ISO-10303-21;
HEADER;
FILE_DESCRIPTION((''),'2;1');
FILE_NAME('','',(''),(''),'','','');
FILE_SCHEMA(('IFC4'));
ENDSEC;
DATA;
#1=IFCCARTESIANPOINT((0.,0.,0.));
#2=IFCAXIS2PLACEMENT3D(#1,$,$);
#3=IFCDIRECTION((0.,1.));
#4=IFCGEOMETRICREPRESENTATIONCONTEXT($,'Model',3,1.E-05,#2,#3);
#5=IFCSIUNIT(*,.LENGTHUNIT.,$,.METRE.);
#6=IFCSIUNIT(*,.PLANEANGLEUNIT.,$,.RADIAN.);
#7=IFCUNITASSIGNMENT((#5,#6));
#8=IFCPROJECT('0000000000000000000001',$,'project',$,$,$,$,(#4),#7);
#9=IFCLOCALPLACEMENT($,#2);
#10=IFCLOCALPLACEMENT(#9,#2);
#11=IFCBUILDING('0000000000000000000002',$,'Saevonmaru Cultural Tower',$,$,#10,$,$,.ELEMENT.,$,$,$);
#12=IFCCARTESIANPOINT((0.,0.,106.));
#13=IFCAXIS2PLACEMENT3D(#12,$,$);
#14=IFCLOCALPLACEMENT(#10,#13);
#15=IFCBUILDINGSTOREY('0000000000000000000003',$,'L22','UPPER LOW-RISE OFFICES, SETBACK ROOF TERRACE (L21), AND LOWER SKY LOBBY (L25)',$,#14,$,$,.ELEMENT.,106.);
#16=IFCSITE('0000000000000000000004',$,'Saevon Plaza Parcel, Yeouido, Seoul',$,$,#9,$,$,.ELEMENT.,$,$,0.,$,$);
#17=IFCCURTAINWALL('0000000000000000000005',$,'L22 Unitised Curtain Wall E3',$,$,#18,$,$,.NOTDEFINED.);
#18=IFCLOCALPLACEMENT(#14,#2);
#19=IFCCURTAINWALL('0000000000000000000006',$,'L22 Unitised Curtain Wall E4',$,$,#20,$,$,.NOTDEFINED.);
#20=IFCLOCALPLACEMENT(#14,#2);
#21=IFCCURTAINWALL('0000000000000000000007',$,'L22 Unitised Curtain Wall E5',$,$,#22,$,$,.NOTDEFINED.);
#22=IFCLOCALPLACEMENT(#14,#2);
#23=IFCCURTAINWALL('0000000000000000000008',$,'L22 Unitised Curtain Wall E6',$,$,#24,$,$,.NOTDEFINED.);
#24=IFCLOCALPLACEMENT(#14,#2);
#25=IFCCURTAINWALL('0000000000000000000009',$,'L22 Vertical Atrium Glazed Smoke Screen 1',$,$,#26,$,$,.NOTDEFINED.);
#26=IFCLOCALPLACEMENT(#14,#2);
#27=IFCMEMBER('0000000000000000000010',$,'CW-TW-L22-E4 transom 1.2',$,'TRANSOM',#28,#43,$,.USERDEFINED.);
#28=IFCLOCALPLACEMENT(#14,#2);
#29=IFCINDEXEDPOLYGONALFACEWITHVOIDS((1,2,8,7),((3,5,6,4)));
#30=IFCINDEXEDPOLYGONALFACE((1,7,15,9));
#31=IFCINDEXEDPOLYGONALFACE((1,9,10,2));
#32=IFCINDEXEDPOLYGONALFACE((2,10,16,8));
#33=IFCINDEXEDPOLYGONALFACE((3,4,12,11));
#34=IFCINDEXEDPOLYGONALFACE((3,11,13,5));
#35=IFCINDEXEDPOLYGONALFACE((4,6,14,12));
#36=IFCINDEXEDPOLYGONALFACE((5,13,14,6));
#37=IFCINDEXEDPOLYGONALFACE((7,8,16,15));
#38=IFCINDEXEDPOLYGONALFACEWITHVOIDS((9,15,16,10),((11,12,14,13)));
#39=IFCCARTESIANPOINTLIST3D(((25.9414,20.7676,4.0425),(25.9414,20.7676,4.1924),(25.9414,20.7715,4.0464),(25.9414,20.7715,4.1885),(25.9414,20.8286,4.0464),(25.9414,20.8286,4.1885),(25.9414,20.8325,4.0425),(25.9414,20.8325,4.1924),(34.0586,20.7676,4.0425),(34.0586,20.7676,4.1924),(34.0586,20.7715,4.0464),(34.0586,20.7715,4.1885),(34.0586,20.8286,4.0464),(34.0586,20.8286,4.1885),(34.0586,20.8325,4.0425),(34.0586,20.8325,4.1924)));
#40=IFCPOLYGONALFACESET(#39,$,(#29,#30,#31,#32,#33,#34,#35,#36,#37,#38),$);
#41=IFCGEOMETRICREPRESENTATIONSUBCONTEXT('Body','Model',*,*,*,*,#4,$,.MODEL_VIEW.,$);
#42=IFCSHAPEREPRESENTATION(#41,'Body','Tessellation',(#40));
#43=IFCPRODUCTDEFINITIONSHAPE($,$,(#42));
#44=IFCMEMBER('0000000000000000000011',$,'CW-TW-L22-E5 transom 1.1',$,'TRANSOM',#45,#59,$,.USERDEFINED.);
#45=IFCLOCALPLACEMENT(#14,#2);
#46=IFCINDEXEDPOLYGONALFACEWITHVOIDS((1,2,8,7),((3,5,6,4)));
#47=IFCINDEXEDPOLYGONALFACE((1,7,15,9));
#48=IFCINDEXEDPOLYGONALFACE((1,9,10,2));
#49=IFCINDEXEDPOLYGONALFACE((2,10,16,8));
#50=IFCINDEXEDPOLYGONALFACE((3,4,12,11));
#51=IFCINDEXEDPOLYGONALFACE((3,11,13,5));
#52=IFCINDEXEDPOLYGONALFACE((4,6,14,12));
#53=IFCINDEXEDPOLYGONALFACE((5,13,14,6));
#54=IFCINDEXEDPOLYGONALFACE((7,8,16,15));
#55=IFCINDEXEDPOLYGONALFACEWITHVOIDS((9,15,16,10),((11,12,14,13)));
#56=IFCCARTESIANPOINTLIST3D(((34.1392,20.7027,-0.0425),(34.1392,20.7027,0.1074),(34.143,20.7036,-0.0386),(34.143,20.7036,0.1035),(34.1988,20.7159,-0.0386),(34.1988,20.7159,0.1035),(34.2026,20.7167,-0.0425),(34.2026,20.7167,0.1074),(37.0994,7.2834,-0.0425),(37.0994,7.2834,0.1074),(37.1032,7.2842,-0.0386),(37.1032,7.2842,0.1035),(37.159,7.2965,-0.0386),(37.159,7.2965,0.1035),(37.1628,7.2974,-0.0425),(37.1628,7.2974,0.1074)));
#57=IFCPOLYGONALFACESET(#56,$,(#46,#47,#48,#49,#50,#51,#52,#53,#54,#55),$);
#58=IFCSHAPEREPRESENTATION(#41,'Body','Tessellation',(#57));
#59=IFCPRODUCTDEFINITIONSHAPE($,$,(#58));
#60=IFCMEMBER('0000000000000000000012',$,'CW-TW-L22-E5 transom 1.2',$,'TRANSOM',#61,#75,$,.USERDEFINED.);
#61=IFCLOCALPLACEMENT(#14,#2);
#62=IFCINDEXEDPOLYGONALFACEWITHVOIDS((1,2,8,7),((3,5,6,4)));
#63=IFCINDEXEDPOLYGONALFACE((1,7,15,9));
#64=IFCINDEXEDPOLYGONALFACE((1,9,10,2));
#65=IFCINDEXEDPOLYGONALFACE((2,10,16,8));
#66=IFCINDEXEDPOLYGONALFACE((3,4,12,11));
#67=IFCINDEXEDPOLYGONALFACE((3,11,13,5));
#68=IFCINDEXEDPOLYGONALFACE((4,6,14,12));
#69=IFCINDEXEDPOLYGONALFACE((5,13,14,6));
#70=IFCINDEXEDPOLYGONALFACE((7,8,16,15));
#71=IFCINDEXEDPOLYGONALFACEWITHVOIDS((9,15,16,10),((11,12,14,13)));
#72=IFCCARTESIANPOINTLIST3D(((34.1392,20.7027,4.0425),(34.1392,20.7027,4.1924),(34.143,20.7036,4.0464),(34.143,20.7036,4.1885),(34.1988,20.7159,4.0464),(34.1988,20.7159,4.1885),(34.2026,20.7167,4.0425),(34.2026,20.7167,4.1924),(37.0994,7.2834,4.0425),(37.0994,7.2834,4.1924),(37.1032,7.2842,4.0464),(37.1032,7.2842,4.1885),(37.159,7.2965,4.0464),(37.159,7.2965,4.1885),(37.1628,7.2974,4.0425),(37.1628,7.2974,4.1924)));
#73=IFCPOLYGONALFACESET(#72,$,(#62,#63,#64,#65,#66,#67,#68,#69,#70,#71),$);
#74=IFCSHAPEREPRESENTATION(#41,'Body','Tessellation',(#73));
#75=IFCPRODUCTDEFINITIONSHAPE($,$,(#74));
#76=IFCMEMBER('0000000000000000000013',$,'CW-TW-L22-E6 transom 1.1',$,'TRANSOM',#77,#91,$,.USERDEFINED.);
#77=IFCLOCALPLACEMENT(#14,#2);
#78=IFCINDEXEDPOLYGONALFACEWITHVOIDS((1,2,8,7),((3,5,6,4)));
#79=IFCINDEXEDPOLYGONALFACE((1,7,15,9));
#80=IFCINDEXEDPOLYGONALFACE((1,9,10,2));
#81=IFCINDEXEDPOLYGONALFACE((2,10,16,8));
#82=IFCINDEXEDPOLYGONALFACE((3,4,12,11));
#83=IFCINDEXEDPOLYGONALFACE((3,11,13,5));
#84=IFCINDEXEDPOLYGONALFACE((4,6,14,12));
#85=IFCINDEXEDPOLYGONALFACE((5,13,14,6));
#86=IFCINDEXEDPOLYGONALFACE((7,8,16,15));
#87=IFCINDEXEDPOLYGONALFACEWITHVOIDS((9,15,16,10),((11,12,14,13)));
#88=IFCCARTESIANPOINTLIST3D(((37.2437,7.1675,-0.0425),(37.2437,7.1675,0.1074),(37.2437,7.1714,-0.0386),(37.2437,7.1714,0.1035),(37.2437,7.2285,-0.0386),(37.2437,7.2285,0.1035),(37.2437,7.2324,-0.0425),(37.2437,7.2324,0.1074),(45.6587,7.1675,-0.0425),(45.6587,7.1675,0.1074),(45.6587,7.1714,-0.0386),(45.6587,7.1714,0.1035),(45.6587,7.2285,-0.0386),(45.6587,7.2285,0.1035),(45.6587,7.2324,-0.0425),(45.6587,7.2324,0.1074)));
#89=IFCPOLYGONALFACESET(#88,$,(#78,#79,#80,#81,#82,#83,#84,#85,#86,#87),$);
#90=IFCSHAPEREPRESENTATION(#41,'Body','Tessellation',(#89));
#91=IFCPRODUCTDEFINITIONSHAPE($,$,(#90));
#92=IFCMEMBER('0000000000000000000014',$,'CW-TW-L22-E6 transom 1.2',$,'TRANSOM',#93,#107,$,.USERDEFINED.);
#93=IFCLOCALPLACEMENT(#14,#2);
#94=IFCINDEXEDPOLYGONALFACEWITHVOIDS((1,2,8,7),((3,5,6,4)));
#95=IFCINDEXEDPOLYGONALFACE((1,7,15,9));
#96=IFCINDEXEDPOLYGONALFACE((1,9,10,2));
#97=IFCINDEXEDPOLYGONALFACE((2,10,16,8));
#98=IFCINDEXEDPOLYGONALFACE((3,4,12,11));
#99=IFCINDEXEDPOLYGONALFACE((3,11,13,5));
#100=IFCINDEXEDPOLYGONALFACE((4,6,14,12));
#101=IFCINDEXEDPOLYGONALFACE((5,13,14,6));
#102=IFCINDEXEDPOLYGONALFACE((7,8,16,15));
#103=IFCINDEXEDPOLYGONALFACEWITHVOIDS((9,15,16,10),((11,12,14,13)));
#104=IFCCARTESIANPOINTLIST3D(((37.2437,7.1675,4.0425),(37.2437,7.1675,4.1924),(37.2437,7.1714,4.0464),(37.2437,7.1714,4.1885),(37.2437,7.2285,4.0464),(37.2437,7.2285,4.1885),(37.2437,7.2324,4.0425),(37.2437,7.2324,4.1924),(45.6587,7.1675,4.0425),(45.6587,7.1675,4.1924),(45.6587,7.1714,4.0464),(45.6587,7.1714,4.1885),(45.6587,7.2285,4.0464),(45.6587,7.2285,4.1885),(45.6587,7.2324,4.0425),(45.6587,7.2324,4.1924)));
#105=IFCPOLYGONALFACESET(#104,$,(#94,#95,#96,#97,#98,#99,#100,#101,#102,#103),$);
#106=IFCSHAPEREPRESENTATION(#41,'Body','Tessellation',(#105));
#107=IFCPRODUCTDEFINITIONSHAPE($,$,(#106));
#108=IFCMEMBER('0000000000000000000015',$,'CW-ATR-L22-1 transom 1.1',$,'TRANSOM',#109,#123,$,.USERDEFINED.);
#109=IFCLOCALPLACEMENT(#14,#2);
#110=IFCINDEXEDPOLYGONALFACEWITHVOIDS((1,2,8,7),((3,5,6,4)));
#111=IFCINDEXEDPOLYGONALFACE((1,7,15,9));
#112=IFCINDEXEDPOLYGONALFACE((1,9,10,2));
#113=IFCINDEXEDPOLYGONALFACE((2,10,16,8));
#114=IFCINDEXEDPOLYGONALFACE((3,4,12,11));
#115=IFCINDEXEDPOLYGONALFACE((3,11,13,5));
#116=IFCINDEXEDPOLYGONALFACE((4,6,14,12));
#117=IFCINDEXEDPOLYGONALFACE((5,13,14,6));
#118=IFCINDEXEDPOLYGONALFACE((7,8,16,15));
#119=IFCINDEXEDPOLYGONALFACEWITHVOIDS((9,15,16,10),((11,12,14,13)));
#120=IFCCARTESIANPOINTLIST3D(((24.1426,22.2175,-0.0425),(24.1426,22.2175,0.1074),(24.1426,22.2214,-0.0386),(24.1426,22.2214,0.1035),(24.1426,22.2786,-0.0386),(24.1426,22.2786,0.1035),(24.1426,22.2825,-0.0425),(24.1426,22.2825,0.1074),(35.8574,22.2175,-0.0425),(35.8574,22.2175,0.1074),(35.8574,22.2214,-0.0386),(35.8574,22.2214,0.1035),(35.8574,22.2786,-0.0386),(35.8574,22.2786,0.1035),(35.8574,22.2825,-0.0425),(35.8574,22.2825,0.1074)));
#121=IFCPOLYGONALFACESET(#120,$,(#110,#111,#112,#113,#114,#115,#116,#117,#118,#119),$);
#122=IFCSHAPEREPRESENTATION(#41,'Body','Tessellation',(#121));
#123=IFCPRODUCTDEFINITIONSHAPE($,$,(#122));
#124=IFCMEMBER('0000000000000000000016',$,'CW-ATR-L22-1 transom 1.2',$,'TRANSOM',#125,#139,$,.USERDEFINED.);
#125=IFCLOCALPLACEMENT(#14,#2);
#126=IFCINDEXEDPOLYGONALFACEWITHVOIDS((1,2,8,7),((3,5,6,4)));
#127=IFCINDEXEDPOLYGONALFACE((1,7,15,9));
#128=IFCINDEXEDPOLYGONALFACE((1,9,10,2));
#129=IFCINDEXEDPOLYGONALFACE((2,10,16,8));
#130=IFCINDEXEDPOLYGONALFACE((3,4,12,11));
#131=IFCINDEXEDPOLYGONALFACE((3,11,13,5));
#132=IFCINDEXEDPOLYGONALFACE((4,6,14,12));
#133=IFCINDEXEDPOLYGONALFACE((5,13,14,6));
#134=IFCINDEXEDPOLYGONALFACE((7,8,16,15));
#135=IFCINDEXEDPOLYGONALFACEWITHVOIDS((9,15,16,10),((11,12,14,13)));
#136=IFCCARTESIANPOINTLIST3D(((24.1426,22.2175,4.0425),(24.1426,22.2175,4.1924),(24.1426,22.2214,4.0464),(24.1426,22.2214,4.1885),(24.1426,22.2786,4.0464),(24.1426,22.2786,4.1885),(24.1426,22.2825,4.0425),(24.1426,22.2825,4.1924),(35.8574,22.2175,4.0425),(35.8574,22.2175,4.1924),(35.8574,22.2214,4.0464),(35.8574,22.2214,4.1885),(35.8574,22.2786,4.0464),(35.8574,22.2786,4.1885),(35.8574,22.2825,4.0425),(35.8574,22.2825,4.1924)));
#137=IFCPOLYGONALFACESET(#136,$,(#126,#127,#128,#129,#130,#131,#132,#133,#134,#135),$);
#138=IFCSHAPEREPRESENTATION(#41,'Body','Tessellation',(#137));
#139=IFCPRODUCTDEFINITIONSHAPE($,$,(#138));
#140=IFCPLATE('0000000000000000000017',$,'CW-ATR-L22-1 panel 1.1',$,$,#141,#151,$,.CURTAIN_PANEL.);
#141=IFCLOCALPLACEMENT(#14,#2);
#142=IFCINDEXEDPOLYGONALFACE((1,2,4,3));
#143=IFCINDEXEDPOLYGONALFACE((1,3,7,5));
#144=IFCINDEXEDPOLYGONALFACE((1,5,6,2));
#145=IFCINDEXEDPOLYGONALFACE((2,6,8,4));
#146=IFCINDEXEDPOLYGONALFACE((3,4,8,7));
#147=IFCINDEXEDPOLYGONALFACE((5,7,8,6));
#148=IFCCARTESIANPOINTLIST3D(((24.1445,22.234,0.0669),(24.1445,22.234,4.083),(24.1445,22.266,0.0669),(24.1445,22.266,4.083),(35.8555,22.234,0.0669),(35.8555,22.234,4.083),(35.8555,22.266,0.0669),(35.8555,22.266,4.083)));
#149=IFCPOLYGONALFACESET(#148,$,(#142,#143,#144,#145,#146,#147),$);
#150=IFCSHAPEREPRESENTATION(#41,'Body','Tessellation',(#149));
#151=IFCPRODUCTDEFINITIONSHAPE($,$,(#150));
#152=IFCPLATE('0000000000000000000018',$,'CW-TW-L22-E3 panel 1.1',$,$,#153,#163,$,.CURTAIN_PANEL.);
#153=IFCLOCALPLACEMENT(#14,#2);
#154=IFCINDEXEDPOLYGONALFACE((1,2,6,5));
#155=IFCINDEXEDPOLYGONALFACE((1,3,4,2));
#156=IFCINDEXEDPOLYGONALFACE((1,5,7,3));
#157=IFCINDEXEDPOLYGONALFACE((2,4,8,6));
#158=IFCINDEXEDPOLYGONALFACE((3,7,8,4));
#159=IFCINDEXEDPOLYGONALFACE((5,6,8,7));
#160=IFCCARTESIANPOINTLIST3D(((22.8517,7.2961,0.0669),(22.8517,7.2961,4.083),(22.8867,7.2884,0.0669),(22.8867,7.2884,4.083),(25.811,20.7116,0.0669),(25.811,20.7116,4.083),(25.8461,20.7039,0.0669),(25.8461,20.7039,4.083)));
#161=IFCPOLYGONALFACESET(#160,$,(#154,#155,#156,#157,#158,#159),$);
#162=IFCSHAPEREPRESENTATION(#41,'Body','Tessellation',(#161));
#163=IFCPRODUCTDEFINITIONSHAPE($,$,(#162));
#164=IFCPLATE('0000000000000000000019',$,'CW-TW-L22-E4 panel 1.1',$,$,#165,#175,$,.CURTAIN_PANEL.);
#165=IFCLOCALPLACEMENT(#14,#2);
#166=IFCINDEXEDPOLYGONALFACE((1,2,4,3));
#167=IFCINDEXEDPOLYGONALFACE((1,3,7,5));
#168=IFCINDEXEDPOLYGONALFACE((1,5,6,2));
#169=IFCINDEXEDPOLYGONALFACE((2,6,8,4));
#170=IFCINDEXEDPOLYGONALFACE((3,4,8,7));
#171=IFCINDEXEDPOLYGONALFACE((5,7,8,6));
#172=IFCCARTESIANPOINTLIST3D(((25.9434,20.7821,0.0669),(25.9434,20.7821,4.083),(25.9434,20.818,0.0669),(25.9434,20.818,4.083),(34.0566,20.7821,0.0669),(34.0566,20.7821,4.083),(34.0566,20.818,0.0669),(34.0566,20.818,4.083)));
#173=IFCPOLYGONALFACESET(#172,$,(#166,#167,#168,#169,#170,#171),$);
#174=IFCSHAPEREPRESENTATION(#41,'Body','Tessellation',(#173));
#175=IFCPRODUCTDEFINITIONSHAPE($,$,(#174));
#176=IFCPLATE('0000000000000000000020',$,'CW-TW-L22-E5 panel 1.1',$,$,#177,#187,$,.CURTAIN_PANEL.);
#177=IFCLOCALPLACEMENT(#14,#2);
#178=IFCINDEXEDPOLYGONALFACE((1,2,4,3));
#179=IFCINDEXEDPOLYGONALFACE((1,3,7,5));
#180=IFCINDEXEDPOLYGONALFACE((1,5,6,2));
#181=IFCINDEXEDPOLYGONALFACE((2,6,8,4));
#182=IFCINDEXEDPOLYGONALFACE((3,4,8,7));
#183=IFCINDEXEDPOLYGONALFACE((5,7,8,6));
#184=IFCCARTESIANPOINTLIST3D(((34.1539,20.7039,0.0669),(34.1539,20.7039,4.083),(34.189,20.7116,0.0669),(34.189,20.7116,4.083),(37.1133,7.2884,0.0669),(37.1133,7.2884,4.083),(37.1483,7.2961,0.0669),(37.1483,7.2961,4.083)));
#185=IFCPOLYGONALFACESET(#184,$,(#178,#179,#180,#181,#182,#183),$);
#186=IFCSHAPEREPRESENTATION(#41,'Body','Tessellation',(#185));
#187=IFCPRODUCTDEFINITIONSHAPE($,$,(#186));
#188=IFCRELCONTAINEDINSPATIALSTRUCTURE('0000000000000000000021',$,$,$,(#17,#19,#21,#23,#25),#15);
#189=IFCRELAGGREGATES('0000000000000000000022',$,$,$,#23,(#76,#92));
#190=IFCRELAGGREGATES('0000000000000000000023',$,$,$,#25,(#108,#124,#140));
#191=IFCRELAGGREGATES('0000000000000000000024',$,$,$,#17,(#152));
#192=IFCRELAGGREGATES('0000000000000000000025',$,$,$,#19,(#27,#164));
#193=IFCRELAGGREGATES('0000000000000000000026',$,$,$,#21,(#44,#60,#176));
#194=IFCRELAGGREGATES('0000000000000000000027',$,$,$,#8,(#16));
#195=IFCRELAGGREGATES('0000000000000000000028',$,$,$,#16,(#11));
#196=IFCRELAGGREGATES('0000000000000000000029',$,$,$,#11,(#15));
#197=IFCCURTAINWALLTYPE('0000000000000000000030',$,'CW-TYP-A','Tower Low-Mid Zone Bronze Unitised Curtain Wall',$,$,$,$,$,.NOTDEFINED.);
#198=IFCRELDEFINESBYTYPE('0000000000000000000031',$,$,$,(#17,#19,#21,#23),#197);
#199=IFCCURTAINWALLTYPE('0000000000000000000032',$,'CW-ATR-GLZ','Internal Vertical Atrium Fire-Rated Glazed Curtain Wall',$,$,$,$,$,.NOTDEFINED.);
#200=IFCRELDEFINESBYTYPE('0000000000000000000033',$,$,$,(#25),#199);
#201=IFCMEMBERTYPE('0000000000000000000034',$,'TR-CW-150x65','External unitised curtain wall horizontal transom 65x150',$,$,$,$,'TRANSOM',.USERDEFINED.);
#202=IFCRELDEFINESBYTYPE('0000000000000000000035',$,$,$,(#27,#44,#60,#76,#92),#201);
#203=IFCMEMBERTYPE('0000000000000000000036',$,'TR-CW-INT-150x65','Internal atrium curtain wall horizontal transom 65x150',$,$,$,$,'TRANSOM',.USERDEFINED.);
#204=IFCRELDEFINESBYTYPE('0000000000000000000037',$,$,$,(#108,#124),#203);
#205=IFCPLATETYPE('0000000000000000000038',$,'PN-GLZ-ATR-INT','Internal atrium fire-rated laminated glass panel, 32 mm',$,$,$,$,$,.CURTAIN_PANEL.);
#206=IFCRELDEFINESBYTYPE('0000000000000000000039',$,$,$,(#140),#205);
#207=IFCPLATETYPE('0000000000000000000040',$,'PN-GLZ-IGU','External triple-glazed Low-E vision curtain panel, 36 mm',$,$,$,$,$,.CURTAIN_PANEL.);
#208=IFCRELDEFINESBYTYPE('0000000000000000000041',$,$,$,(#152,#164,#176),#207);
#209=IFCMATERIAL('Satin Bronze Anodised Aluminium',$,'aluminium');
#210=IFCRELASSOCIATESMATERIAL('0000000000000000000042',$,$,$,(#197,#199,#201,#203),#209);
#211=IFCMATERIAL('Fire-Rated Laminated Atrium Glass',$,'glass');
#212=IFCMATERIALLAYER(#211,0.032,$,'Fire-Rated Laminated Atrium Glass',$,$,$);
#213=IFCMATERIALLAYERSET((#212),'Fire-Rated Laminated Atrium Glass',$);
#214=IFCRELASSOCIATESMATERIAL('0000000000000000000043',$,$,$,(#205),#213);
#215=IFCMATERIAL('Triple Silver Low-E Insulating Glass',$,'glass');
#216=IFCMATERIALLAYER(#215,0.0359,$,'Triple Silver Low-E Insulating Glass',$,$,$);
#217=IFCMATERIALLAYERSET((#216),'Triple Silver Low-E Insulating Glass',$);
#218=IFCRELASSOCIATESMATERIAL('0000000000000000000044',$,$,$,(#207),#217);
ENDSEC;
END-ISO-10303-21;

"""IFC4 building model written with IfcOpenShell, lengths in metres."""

from ifc_helpers import new_model, si_unit, direction, frame, origin, origin_2d, place, context, subcontext, project, spatial, rectangle, hollow_rectangle, extrude, material, layer, layer_set, material_profile, profile_set, type_object, element, aggregate, save


model = new_model("IFC4")

# Units and contexts
model_context = context("Model", 3, precision=1e-05, world=origin(), true_north=direction((0.0, 1.0)))
body_context = subcontext(model_context, "Body", "Model", "MODEL_VIEW")
ifc_project = project(units=[si_unit("LENGTHUNIT", "METRE"), si_unit("PLANEANGLEUNIT", "RADIAN")], contexts=[model_context])

# Site, building, storey
site_placement = place(None, origin())
site = spatial("IfcSite", under=ifc_project, at=site_placement, Name="Saevon Plaza Parcel, Yeouido, Seoul", CompositionType="ELEMENT", RefElevation=0.0)
building_placement = place(site_placement, origin())
building = spatial("IfcBuilding", under=site, at=building_placement, Name="Saevonmaru Cultural Tower", CompositionType="ELEMENT")
storey_placement = place(building_placement, frame((0.0, 0.0, 106.0)))
storey = spatial("IfcBuildingStorey", under=building, at=storey_placement, Name="L22", Description="UPPER LOW-RISE OFFICES, SETBACK ROOF TERRACE (L21), AND LOWER SKY LOBBY (L25)", CompositionType="ELEMENT", Elevation=106.0)

# Curtain wall
ifc_material_1 = material(Name="Satin Bronze Anodised Aluminium", Category="aluminium")
curtain_wall_type_1 = type_object("IfcCurtainWallType", Name="CW-TYP-A", Description="Tower Low-Mid Zone Bronze Unitised Curtain Wall", PredefinedType="NOTDEFINED", material=ifc_material_1)
curtain_wall_1_placement = place(storey_placement, origin())
curtain_wall_1 = element("IfcCurtainWall", 1, at=curtain_wall_1_placement, inside=storey, type_object=curtain_wall_type_1, Name="L22 Unitised Curtain Wall E3", PredefinedType="NOTDEFINED")

# Curtain walls
curtain_wall_2_placement = place(storey_placement, origin())
curtain_wall_2 = element("IfcCurtainWall", 2, at=curtain_wall_2_placement, inside=storey, type_object=curtain_wall_type_1, Name="L22 Unitised Curtain Wall E4", PredefinedType="NOTDEFINED")
curtain_wall_3_placement = place(storey_placement, origin())
curtain_wall_3 = element("IfcCurtainWall", 3, at=curtain_wall_3_placement, inside=storey, type_object=curtain_wall_type_1, Name="L22 Unitised Curtain Wall E5", PredefinedType="NOTDEFINED")

# Curtain wall
curtain_wall_4_placement = place(storey_placement, origin())
curtain_wall_4 = element("IfcCurtainWall", 4, at=curtain_wall_4_placement, inside=storey, type_object=curtain_wall_type_1, Name="L22 Unitised Curtain Wall E6", PredefinedType="NOTDEFINED")

# Curtain wall
curtain_wall_type_2 = type_object("IfcCurtainWallType", Name="CW-ATR-GLZ", Description="Internal Vertical Atrium Fire-Rated Glazed Curtain Wall", PredefinedType="NOTDEFINED", material=ifc_material_1)
curtain_wall_5_placement = place(storey_placement, origin())
curtain_wall_5 = element("IfcCurtainWall", 5, at=curtain_wall_5_placement, inside=storey, type_object=curtain_wall_type_2, Name="L22 Vertical Atrium Glazed Smoke Screen 1", PredefinedType="NOTDEFINED")

# Members
ifc_material_profile_1 = material_profile(ifc_material_1, hollow_rectangle(XDim=0.0649, YDim=0.1499, WallThickness=0.0039, at=origin_2d()), Name="ALU-TRAN-150x65x4")
ifc_profile_set_1 = profile_set([ifc_material_profile_1], Name="Satin Bronze Anodised Aluminium")
member_type_1 = type_object("IfcMemberType", Name="TR-CW-150x65", Description="External unitised curtain wall horizontal transom 65x150", ElementType="TRANSOM", PredefinedType="USERDEFINED", material=ifc_profile_set_1)
member_1_placement = place(storey_placement, frame((25.9414, 20.8, 4.1174), z_axis=(1.0, 0.0, 0.0), x_axis=(0.0, 1.0, 0.0)))
member_1 = element("IfcMember", 6, at=member_1_placement, type_object=member_type_1, Name="CW-TW-L22-E4 transom 1.2", ObjectType="TRANSOM", PredefinedType="USERDEFINED", context=body_context, shape_type="SweptSolid", body=[
    extrude(hollow_rectangle(XDim=0.0649, YDim=0.1499, WallThickness=0.0039, at=origin_2d()), origin(), (0.0, 0.0, 1.0), 8.1172),
])
member_2_placement = place(storey_placement, frame((34.1709, 20.7097, 0.0325), z_axis=(0.215412, -0.976523, 0.0), x_axis=(0.976523, 0.215412, 0.0)))
member_2 = element("IfcMember", 7, at=member_2_placement, type_object=member_type_1, Name="CW-TW-L22-E5 transom 1.1", ObjectType="TRANSOM", PredefinedType="USERDEFINED", context=body_context, shape_type="SweptSolid", body=[
    extrude(hollow_rectangle(XDim=0.0649, YDim=0.1499, WallThickness=0.0039, at=origin_2d()), origin(), (0.0, 0.0, 1.0), 13.7419),
])
member_3_placement = place(storey_placement, frame((34.1709, 20.7097, 4.1174), z_axis=(0.215412, -0.976523, 0.0), x_axis=(0.976523, 0.215412, 0.0)))
member_3 = element("IfcMember", 8, at=member_3_placement, type_object=member_type_1, Name="CW-TW-L22-E5 transom 1.2", ObjectType="TRANSOM", PredefinedType="USERDEFINED", context=body_context, shape_type="SweptSolid", body=[
    extrude(hollow_rectangle(XDim=0.0649, YDim=0.1499, WallThickness=0.0039, at=origin_2d()), origin(), (0.0, 0.0, 1.0), 13.7419),
])
member_4_placement = place(storey_placement, frame((37.2437, 7.2, 0.0325), z_axis=(1.0, 0.0, 0.0), x_axis=(0.0, 1.0, 0.0)))
member_4 = element("IfcMember", 9, at=member_4_placement, type_object=member_type_1, Name="CW-TW-L22-E6 transom 1.1", ObjectType="TRANSOM", PredefinedType="USERDEFINED", context=body_context, shape_type="SweptSolid", body=[
    extrude(hollow_rectangle(XDim=0.0649, YDim=0.1499, WallThickness=0.0039, at=origin_2d()), origin(), (0.0, 0.0, 1.0), 8.415),
])
member_5_placement = place(storey_placement, frame((37.2437, 7.2, 4.1174), z_axis=(1.0, 0.0, 0.0), x_axis=(0.0, 1.0, 0.0)))
member_5 = element("IfcMember", 10, at=member_5_placement, type_object=member_type_1, Name="CW-TW-L22-E6 transom 1.2", ObjectType="TRANSOM", PredefinedType="USERDEFINED", context=body_context, shape_type="SweptSolid", body=[
    extrude(hollow_rectangle(XDim=0.0649, YDim=0.1499, WallThickness=0.0039, at=origin_2d()), origin(), (0.0, 0.0, 1.0), 8.415),
])
aggregate(curtain_wall_4, [member_4, member_5])
ifc_material_profile_2 = material_profile(ifc_material_1, hollow_rectangle(XDim=0.0649, YDim=0.1499, WallThickness=0.0039, at=origin_2d()), Name="ALU-TRAN-150x65x4")
ifc_profile_set_2 = profile_set([ifc_material_profile_2], Name="Satin Bronze Anodised Aluminium")
member_type_2 = type_object("IfcMemberType", Name="TR-CW-INT-150x65", Description="Internal atrium curtain wall horizontal transom 65x150", ElementType="TRANSOM", PredefinedType="USERDEFINED", material=ifc_profile_set_2)
member_6_placement = place(storey_placement, frame((24.1426, 22.25, 0.0325), z_axis=(1.0, 0.0, 0.0), x_axis=(0.0, 1.0, 0.0)))
member_6 = element("IfcMember", 11, at=member_6_placement, type_object=member_type_2, Name="CW-ATR-L22-1 transom 1.1", ObjectType="TRANSOM", PredefinedType="USERDEFINED", context=body_context, shape_type="SweptSolid", body=[
    extrude(hollow_rectangle(XDim=0.0649, YDim=0.1499, WallThickness=0.0039, at=origin_2d()), origin(), (0.0, 0.0, 1.0), 11.7148),
])
member_7_placement = place(storey_placement, frame((24.1426, 22.25, 4.1174), z_axis=(1.0, 0.0, 0.0), x_axis=(0.0, 1.0, 0.0)))
member_7 = element("IfcMember", 12, at=member_7_placement, type_object=member_type_2, Name="CW-ATR-L22-1 transom 1.2", ObjectType="TRANSOM", PredefinedType="USERDEFINED", context=body_context, shape_type="SweptSolid", body=[
    extrude(hollow_rectangle(XDim=0.0649, YDim=0.1499, WallThickness=0.0039, at=origin_2d()), origin(), (0.0, 0.0, 1.0), 11.7148),
])

# Plates
ifc_material_2 = material(Name="Fire-Rated Laminated Atrium Glass", Category="glass")
ifc_layer_1 = layer(ifc_material_2, 0.032, Name="Fire-Rated Laminated Atrium Glass")
ifc_layer_set_1 = layer_set([ifc_layer_1], Name="Fire-Rated Laminated Atrium Glass")
plate_type_1 = type_object("IfcPlateType", Name="PN-GLZ-ATR-INT", Description="Internal atrium fire-rated laminated glass panel, 32 mm", PredefinedType="CURTAIN_PANEL", material=ifc_layer_set_1)
plate_1_placement = place(storey_placement, frame((30.0, 22.25, 0.0669), z_axis=(0.0, 0.0, 1.0), x_axis=(1.0, 0.0, 0.0)))
plate_1 = element("IfcPlate", 13, at=plate_1_placement, type_object=plate_type_1, Name="CW-ATR-L22-1 panel 1.1", PredefinedType="CURTAIN_PANEL", context=body_context, shape_type="SweptSolid", body=[
    extrude(rectangle(XDim=11.7109, YDim=0.032, at=origin_2d()), origin(), (0.0, 0.0, 1.0), 4.0161),
])
aggregate(curtain_wall_5, [member_6, member_7, plate_1])
ifc_material_3 = material(Name="Triple Silver Low-E Insulating Glass", Category="glass")
ifc_layer_2 = layer(ifc_material_3, 0.0359, Name="Triple Silver Low-E Insulating Glass")
ifc_layer_set_2 = layer_set([ifc_layer_2], Name="Triple Silver Low-E Insulating Glass")
plate_type_2 = type_object("IfcPlateType", Name="PN-GLZ-IGU", Description="External triple-glazed Low-E vision curtain panel, 36 mm", PredefinedType="CURTAIN_PANEL", material=ifc_layer_set_2)
plate_2_placement = place(storey_placement, frame((24.3489, 14.0, 0.0669), z_axis=(0.0, 0.0, 1.0), x_axis=(0.215413, 0.976523, 0.0)))
plate_2 = element("IfcPlate", 14, at=plate_2_placement, type_object=plate_type_2, Name="CW-TW-L22-E3 panel 1.1", PredefinedType="CURTAIN_PANEL", context=body_context, shape_type="SweptSolid", body=[
    extrude(rectangle(XDim=13.738, YDim=0.0359, at=origin_2d()), origin(), (0.0, 0.0, 1.0), 4.0161),
])
aggregate(curtain_wall_1, [plate_2])
plate_3_placement = place(storey_placement, frame((30.0, 20.8, 0.0669), z_axis=(0.0, 0.0, 1.0), x_axis=(1.0, 0.0, 0.0)))
plate_3 = element("IfcPlate", 15, at=plate_3_placement, type_object=plate_type_2, Name="CW-TW-L22-E4 panel 1.1", PredefinedType="CURTAIN_PANEL", context=body_context, shape_type="SweptSolid", body=[
    extrude(rectangle(XDim=8.1133, YDim=0.0359, at=origin_2d()), origin(), (0.0, 0.0, 1.0), 4.0161),
])
aggregate(curtain_wall_2, [member_1, plate_3])
plate_4_placement = place(storey_placement, frame((35.6511, 14.0, 0.0669), z_axis=(0.0, 0.0, 1.0), x_axis=(0.215413, -0.976523, 0.0)))
plate_4 = element("IfcPlate", 16, at=plate_4_placement, type_object=plate_type_2, Name="CW-TW-L22-E5 panel 1.1", PredefinedType="CURTAIN_PANEL", context=body_context, shape_type="SweptSolid", body=[
    extrude(rectangle(XDim=13.738, YDim=0.0359, at=origin_2d()), origin(), (0.0, 0.0, 1.0), 4.0161),
])
aggregate(curtain_wall_3, [member_2, member_3, plate_4])

save(model, "model.ifc")
